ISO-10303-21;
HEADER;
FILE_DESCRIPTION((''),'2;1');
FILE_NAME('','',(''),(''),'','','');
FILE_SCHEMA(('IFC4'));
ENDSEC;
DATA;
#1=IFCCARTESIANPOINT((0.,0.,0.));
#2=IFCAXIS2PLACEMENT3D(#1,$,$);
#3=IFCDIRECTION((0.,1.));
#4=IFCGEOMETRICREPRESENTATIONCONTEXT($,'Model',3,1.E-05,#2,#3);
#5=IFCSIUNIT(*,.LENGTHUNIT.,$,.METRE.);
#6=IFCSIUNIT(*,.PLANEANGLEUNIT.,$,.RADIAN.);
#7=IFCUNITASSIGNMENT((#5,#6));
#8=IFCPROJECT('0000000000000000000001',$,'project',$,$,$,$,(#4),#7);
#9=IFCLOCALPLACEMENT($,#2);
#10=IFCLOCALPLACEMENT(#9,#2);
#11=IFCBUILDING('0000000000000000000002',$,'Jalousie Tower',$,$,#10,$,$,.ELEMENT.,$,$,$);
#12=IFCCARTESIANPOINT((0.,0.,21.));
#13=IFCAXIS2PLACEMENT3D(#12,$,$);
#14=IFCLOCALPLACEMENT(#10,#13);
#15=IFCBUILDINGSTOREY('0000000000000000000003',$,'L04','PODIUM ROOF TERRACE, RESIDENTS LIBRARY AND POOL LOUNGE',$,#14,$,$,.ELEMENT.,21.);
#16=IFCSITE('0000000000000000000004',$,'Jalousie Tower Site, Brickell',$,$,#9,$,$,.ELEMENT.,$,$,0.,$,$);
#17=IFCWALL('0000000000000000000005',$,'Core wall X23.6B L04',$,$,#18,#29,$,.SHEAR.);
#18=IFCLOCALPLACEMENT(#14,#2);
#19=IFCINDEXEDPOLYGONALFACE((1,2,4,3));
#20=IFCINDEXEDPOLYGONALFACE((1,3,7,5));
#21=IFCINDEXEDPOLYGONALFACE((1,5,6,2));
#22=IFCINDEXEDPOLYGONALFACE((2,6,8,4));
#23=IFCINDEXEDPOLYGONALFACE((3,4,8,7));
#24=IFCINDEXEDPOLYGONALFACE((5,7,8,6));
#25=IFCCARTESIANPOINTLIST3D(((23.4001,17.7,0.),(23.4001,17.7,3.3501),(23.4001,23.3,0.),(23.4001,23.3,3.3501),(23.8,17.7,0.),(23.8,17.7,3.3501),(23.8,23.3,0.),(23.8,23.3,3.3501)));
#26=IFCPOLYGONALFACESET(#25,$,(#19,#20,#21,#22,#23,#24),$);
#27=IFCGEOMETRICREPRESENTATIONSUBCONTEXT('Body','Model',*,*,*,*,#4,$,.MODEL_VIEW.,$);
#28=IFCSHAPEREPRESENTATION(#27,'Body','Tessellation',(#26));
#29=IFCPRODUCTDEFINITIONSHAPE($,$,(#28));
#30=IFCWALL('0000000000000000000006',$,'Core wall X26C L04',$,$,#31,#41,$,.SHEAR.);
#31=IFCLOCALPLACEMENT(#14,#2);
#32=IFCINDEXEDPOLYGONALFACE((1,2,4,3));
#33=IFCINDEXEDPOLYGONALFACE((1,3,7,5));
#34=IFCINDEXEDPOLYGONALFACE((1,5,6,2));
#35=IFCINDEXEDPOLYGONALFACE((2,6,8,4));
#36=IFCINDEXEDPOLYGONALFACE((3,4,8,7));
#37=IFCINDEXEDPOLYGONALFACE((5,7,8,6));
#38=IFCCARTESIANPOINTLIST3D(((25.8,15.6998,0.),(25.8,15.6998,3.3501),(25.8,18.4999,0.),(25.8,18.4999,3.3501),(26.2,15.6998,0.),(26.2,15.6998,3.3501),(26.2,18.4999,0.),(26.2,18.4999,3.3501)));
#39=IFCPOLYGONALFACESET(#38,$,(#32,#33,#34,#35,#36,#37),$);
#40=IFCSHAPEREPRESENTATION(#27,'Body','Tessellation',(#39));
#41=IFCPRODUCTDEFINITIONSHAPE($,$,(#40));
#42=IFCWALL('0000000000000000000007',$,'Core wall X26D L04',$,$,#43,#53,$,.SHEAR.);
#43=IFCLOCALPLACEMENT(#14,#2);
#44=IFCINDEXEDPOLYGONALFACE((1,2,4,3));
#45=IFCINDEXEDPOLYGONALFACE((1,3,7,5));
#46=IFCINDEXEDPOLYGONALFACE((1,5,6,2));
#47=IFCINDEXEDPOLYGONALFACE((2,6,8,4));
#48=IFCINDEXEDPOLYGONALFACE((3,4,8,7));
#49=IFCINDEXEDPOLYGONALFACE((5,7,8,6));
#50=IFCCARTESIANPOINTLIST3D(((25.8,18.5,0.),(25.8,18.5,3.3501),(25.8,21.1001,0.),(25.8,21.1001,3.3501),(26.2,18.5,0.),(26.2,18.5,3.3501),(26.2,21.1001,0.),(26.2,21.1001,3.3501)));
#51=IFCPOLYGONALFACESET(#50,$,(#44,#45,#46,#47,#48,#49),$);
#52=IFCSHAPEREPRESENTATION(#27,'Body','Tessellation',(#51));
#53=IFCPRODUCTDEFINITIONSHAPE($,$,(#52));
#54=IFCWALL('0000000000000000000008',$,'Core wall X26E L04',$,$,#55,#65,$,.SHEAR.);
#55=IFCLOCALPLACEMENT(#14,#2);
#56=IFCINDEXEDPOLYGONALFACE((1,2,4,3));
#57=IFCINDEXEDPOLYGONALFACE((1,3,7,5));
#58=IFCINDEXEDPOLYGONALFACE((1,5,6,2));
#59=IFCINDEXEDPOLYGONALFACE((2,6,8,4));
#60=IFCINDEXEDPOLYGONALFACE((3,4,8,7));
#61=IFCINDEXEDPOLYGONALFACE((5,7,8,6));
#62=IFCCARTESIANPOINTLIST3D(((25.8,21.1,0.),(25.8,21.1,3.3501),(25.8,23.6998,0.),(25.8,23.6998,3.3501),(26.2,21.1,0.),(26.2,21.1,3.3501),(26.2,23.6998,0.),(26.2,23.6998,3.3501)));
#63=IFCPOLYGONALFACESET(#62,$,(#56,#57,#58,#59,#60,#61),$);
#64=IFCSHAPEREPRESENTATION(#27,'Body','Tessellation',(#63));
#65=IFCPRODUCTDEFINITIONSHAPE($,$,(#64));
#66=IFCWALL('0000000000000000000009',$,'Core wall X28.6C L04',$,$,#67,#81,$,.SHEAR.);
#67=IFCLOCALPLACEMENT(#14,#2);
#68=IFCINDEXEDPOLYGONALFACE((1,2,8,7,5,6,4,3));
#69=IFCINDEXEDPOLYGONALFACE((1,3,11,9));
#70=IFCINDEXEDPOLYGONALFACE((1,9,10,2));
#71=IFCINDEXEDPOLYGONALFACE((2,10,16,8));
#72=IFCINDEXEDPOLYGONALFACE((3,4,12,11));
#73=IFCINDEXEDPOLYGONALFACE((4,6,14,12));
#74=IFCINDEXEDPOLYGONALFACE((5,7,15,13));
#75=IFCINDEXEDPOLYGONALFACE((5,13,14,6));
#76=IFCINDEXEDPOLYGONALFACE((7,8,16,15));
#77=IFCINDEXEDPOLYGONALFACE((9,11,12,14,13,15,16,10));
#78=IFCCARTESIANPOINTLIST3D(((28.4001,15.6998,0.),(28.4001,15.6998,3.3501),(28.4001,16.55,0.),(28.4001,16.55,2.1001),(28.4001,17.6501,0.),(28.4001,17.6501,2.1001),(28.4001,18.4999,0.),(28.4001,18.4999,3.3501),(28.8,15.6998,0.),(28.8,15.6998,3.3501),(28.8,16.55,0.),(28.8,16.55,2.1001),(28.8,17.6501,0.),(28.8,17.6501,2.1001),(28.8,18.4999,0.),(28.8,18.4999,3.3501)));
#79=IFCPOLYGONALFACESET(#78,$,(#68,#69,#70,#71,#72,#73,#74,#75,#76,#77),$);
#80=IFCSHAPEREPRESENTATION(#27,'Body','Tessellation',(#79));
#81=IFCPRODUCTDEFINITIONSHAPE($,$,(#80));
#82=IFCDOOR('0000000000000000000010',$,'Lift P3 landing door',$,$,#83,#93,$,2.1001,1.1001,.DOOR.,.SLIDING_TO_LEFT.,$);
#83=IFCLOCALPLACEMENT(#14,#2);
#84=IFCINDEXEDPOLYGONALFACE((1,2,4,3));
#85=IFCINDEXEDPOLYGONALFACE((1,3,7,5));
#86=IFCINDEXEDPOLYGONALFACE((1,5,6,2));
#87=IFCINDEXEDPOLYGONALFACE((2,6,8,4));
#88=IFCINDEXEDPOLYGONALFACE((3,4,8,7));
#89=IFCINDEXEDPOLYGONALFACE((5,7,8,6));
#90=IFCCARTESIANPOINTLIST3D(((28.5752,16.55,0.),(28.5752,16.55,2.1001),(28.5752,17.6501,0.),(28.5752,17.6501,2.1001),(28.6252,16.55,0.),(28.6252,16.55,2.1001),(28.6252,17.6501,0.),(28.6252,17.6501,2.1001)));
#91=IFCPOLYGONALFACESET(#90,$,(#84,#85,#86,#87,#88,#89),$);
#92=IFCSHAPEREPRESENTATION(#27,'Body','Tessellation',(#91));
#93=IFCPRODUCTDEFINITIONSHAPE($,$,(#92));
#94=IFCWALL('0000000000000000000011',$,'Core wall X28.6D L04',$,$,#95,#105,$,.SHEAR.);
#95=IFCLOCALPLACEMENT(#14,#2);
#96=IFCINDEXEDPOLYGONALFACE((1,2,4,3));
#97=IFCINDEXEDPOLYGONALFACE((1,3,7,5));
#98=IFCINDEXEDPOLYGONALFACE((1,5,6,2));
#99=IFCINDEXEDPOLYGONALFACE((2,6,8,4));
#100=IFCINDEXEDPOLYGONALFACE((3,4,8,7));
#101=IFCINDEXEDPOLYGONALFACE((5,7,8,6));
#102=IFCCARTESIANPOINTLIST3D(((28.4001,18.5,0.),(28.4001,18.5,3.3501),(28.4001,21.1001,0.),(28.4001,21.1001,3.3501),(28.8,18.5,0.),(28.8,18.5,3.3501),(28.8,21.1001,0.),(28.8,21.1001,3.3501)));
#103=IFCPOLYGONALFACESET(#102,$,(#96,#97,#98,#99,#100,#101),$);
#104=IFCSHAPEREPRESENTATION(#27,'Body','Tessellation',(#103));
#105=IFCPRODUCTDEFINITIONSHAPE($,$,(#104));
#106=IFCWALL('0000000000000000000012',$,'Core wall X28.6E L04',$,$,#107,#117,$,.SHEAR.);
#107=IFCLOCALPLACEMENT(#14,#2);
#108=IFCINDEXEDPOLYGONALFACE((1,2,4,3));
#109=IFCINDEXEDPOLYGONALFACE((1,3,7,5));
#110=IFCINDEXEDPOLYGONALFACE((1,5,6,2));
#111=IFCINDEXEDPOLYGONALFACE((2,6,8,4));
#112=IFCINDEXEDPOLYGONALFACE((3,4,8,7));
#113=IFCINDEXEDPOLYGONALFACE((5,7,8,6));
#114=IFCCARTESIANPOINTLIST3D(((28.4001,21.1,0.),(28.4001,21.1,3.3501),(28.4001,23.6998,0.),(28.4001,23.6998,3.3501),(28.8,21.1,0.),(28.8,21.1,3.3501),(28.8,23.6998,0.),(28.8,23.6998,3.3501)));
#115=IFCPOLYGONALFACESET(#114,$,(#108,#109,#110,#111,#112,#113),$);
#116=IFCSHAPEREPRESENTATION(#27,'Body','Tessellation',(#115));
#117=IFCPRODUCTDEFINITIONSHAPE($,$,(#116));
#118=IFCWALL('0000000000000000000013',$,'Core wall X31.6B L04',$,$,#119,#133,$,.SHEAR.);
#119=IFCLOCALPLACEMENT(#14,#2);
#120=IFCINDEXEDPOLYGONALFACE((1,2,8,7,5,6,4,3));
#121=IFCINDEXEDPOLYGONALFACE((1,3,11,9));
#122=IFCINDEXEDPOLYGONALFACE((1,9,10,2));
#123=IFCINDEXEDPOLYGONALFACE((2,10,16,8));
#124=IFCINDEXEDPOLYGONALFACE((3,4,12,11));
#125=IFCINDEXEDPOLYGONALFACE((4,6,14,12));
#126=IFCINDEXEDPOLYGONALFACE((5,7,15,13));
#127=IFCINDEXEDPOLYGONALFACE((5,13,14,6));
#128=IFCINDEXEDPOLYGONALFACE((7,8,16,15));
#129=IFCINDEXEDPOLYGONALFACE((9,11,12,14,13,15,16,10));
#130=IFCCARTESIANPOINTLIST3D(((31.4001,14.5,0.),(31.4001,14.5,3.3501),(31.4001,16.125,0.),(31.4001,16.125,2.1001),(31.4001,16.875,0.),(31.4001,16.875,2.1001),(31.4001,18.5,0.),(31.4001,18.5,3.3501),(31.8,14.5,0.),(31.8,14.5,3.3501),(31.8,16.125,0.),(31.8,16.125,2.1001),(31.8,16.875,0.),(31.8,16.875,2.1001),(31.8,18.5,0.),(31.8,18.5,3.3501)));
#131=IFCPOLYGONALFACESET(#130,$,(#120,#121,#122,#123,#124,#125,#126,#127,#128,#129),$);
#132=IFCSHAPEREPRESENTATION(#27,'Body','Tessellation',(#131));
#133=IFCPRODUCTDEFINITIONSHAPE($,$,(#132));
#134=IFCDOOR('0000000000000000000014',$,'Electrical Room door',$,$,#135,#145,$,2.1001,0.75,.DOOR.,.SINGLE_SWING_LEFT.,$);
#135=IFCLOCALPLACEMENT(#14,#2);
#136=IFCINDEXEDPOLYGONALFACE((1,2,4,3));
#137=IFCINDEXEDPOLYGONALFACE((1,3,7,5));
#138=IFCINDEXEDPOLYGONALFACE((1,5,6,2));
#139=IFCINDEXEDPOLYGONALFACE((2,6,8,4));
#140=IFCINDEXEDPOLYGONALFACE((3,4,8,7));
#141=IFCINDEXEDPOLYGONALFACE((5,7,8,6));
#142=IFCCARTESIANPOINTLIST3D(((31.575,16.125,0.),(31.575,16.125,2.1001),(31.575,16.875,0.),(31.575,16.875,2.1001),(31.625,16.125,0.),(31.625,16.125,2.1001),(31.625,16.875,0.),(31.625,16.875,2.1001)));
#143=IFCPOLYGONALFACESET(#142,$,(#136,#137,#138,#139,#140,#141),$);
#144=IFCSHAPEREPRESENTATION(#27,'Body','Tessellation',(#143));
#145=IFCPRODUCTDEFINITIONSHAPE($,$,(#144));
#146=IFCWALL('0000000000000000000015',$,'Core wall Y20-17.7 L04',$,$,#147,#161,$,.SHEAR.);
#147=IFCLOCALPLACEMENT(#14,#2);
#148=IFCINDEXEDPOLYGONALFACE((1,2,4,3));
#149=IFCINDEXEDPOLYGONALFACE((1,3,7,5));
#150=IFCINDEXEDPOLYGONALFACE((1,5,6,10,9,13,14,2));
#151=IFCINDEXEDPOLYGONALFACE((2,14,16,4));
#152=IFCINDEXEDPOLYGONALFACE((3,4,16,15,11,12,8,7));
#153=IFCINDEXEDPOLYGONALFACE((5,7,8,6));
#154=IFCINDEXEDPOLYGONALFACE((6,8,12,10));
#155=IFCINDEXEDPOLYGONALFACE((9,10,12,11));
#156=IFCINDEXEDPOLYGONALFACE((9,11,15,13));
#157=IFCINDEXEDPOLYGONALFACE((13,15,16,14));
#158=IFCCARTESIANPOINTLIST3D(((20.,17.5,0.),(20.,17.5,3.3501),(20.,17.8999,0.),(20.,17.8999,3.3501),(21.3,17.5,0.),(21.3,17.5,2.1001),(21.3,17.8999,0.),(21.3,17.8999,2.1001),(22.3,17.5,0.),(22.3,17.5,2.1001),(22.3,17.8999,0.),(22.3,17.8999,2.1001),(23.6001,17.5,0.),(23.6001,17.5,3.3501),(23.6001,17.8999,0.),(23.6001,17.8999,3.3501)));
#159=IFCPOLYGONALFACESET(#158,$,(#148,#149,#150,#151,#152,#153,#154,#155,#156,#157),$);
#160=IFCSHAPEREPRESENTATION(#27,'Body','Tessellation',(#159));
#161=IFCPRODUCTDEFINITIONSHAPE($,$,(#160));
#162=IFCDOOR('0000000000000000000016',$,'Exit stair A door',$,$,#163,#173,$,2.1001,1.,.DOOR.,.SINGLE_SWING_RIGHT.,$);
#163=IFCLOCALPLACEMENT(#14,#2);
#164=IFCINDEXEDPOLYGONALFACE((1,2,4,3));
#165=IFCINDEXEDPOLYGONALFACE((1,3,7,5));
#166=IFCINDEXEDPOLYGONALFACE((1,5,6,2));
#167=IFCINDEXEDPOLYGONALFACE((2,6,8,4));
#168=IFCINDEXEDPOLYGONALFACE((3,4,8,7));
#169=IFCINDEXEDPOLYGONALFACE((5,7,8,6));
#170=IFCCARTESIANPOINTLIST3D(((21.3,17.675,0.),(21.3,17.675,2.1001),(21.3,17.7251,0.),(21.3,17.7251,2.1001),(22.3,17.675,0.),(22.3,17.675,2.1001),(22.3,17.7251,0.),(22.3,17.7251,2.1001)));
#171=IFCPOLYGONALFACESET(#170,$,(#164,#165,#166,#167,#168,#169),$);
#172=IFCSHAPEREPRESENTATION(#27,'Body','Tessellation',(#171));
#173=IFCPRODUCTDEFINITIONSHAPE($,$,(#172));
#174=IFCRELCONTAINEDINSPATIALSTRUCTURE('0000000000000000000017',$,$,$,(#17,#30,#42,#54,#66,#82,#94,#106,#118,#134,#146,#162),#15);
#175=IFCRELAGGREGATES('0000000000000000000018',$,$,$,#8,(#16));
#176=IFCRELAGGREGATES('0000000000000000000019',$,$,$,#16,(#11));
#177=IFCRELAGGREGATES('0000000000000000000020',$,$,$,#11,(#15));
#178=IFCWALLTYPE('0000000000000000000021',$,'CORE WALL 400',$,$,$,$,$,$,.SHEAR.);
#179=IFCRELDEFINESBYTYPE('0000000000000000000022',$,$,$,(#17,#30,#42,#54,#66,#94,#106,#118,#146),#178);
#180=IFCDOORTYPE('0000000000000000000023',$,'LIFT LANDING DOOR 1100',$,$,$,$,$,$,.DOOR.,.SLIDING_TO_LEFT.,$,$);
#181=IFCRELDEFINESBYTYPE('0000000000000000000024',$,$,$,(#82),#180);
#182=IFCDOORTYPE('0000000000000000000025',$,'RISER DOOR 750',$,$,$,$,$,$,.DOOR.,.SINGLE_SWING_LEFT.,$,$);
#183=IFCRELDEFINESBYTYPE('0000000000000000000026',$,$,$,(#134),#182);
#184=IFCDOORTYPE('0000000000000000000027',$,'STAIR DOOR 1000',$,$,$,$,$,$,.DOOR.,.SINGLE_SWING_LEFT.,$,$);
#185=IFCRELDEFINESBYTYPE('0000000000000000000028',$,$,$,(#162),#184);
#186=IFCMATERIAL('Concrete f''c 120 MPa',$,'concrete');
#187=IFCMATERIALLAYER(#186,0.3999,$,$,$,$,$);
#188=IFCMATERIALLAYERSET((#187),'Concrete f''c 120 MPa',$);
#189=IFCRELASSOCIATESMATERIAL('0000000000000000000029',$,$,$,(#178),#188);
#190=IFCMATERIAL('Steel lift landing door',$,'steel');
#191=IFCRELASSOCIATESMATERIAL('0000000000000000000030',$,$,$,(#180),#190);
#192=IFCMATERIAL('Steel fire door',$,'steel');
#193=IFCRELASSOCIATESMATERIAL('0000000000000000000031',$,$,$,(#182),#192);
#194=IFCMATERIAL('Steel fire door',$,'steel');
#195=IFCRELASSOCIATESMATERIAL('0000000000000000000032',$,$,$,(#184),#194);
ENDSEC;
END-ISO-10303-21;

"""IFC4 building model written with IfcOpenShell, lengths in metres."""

from ifc_helpers import new_model, si_unit, direction, frame, frame_2d, origin, place, context, subcontext, project, spatial, rectangle, extrude, material, layer, layer_set, type_object, element, fill, save


model = new_model("IFC4")

# Units and contexts
model_context = context("Model", 3, precision=1e-05, world=origin(), true_north=direction((0.0, 1.0)))
body_context = subcontext(model_context, "Body", "Model", "MODEL_VIEW")
ifc_project = project(units=[si_unit("LENGTHUNIT", "METRE"), si_unit("PLANEANGLEUNIT", "RADIAN")], contexts=[model_context])

# Site, building, storey
site_placement = place(None, origin())
site = spatial("IfcSite", under=ifc_project, at=site_placement, Name="Jalousie Tower Site, Brickell", CompositionType="ELEMENT", RefElevation=0.0)
building_placement = place(site_placement, origin())
building = spatial("IfcBuilding", under=site, at=building_placement, Name="Jalousie Tower", CompositionType="ELEMENT")
storey_placement = place(building_placement, frame((0.0, 0.0, 21.0)))
storey = spatial("IfcBuildingStorey", under=building, at=storey_placement, Name="L04", Description="PODIUM ROOF TERRACE, RESIDENTS LIBRARY AND POOL LOUNGE", CompositionType="ELEMENT", Elevation=21.0)

# Walls
ifc_material_1 = material(Name="Concrete f'c 120 MPa", Category="concrete")
ifc_layer_1 = layer(ifc_material_1, 0.3999)
ifc_layer_set_1 = layer_set([ifc_layer_1], Name="Concrete f'c 120 MPa")
wall_type_1 = type_object("IfcWallType", Name="CORE WALL 400", PredefinedType="SHEAR", material=ifc_layer_set_1)
wall_1_placement = place(storey_placement, frame((23.6001, 17.7, 0.0), z_axis=(0.0, 0.0, 1.0), x_axis=(0.0, 1.0, 0.0)))
element("IfcWall", 1, at=wall_1_placement, inside=storey, type_object=wall_type_1, Name="Core wall X23.6B L04", PredefinedType="SHEAR", context=body_context, shape_type="SweptSolid", body=[
    extrude(rectangle(XDim=5.6001, YDim=0.3999, at=frame_2d((2.8, 0.0))), origin(), (0.0, 0.0, 1.0), 3.3501),
])
wall_2_placement = place(storey_placement, frame((26.0, 15.7, 0.0), z_axis=(0.0, 0.0, 1.0), x_axis=(0.0, 1.0, 0.0)))
element("IfcWall", 2, at=wall_2_placement, inside=storey, type_object=wall_type_1, Name="Core wall X26C L04", PredefinedType="SHEAR", context=body_context, shape_type="SweptSolid", body=[
    extrude(rectangle(XDim=2.8, YDim=0.3999, at=frame_2d((1.3999, 0.0))), origin(), (0.0, 0.0, 1.0), 3.3501),
])
wall_3_placement = place(storey_placement, frame((26.0, 18.5, 0.0), z_axis=(0.0, 0.0, 1.0), x_axis=(0.0, 1.0, 0.0)))
element("IfcWall", 3, at=wall_3_placement, inside=storey, type_object=wall_type_1, Name="Core wall X26D L04", PredefinedType="SHEAR", context=body_context, shape_type="SweptSolid", body=[
    extrude(rectangle(XDim=2.6001, YDim=0.3999, at=frame_2d((1.3, 0.0))), origin(), (0.0, 0.0, 1.0), 3.3501),
])
wall_4_placement = place(storey_placement, frame((26.0, 21.1001, 0.0), z_axis=(0.0, 0.0, 1.0), x_axis=(0.0, 1.0, 0.0)))
element("IfcWall", 4, at=wall_4_placement, inside=storey, type_object=wall_type_1, Name="Core wall X26E L04", PredefinedType="SHEAR", context=body_context, shape_type="SweptSolid", body=[
    extrude(rectangle(XDim=2.5999, YDim=0.3999, at=frame_2d((1.2998, 0.0))), origin(), (0.0, 0.0, 1.0), 3.3501),
])

# Wall, opening, door
wall_5_placement = place(storey_placement, frame((28.6001, 15.7, 0.0), z_axis=(0.0, 0.0, 1.0), x_axis=(0.0, 1.0, 0.0)))
wall_5 = element("IfcWall", 5, at=wall_5_placement, inside=storey, type_object=wall_type_1, Name="Core wall X28.6C L04", PredefinedType="SHEAR", context=body_context, shape_type="SweptSolid", body=[
    extrude(rectangle(XDim=2.8, YDim=0.3999, at=frame_2d((1.3999, 0.0))), origin(), (0.0, 0.0, 1.0), 3.3501),
])
opening_1_placement = place(wall_5_placement, frame((0.8501, 0.0, 0.0)))
opening_1 = element("IfcOpeningElement", 6, at=opening_1_placement, cuts=wall_5, PredefinedType="OPENING", context=body_context, shape_type="SweptSolid", body=[
    extrude(rectangle(XDim=1.1001, YDim=2.1001, at=frame_2d((0.55, 1.05))), frame((0.0, 0.21, 0.0), z_axis=(0.0, -1.0, 0.0), x_axis=(1.0, 0.0, 0.0)), (0.0, 0.0, 1.0), 0.4199),
])
ifc_material_2 = material(Name="Steel lift landing door", Category="steel")
door_type_1 = type_object("IfcDoorType", Name="LIFT LANDING DOOR 1100", OperationType="SLIDING_TO_LEFT", PredefinedType="DOOR", material=ifc_material_2)
door_1_placement = place(opening_1_placement, origin())
door_1 = element("IfcDoor", 7, at=door_1_placement, inside=storey, type_object=door_type_1, Name="Lift P3 landing door", OperationType="SLIDING_TO_LEFT", OverallHeight=2.1001, OverallWidth=1.1001, PredefinedType="DOOR", context=body_context, shape_type="SweptSolid", body=[
    extrude(rectangle(XDim=1.1001, YDim=2.1001, at=frame_2d((0.55, 1.05))), frame((0.0, 0.0249, 0.0), z_axis=(0.0, -1.0, 0.0), x_axis=(1.0, 0.0, 0.0)), (0.0, 0.0, 1.0), 0.05),
])
fill(opening_1, door_1)

# Walls
wall_6_placement = place(storey_placement, frame((28.6001, 18.5, 0.0), z_axis=(0.0, 0.0, 1.0), x_axis=(0.0, 1.0, 0.0)))
element("IfcWall", 8, at=wall_6_placement, inside=storey, type_object=wall_type_1, Name="Core wall X28.6D L04", PredefinedType="SHEAR", context=body_context, shape_type="SweptSolid", body=[
    extrude(rectangle(XDim=2.6001, YDim=0.3999, at=frame_2d((1.3, 0.0))), origin(), (0.0, 0.0, 1.0), 3.3501),
])
wall_7_placement = place(storey_placement, frame((28.6001, 21.1001, 0.0), z_axis=(0.0, 0.0, 1.0), x_axis=(0.0, 1.0, 0.0)))
element("IfcWall", 9, at=wall_7_placement, inside=storey, type_object=wall_type_1, Name="Core wall X28.6E L04", PredefinedType="SHEAR", context=body_context, shape_type="SweptSolid", body=[
    extrude(rectangle(XDim=2.5999, YDim=0.3999, at=frame_2d((1.2998, 0.0))), origin(), (0.0, 0.0, 1.0), 3.3501),
])

# Walls, openings, doors
wall_8_placement = place(storey_placement, frame((31.6001, 14.5, 0.0), z_axis=(0.0, 0.0, 1.0), x_axis=(0.0, 1.0, 0.0)))
wall_8 = element("IfcWall", 10, at=wall_8_placement, inside=storey, type_object=wall_type_1, Name="Core wall X31.6B L04", PredefinedType="SHEAR", context=body_context, shape_type="SweptSolid", body=[
    extrude(rectangle(XDim=4.0, YDim=0.3999, at=frame_2d((2.0, 0.0))), origin(), (0.0, 0.0, 1.0), 3.3501),
])
opening_2_placement = place(wall_8_placement, frame((1.625, 0.0, 0.0)))
opening_2 = element("IfcOpeningElement", 11, at=opening_2_placement, cuts=wall_8, PredefinedType="OPENING", context=body_context, shape_type="SweptSolid", body=[
    extrude(rectangle(XDim=0.75, YDim=2.1001, at=frame_2d((0.375, 1.05))), frame((0.0, 0.21, 0.0), z_axis=(0.0, -1.0, 0.0), x_axis=(1.0, 0.0, 0.0)), (0.0, 0.0, 1.0), 0.4199),
])
ifc_material_3 = material(Name="Steel fire door", Category="steel")
door_type_2 = type_object("IfcDoorType", Name="RISER DOOR 750", OperationType="SINGLE_SWING_LEFT", PredefinedType="DOOR", material=ifc_material_3)
door_2_placement = place(opening_2_placement, frame((0.75, 0.0, 0.0), z_axis=(0.0, 0.0, 1.0), x_axis=(-1.0, 0.0, 0.0)))
door_2 = element("IfcDoor", 12, at=door_2_placement, inside=storey, type_object=door_type_2, Name="Electrical Room door", OperationType="SINGLE_SWING_LEFT", OverallHeight=2.1001, OverallWidth=0.75, PredefinedType="DOOR", context=body_context, shape_type="SweptSolid", body=[
    extrude(rectangle(XDim=0.75, YDim=2.1001, at=frame_2d((0.375, 1.05))), frame((0.0, 0.0249, 0.0), z_axis=(0.0, -1.0, 0.0), x_axis=(1.0, 0.0, 0.0)), (0.0, 0.0, 1.0), 0.05),
])
fill(opening_2, door_2)
wall_9_placement = place(storey_placement, frame((20.0, 17.7, 0.0), z_axis=(0.0, 0.0, 1.0), x_axis=(1.0, 0.0, 0.0)))
wall_9 = element("IfcWall", 13, at=wall_9_placement, inside=storey, type_object=wall_type_1, Name="Core wall Y20-17.7 L04", PredefinedType="SHEAR", context=body_context, shape_type="SweptSolid", body=[
    extrude(rectangle(XDim=3.6001, YDim=0.3999, at=frame_2d((1.8, 0.0))), origin(), (0.0, 0.0, 1.0), 3.3501),
])
opening_3_placement = place(wall_9_placement, frame((1.3, 0.0, 0.0)))
opening_3 = element("IfcOpeningElement", 14, at=opening_3_placement, cuts=wall_9, PredefinedType="OPENING", context=body_context, shape_type="SweptSolid", body=[
    extrude(rectangle(XDim=1.0, YDim=2.1001, at=frame_2d((0.5, 1.05))), frame((0.0, 0.21, 0.0), z_axis=(0.0, -1.0, 0.0), x_axis=(1.0, 0.0, 0.0)), (0.0, 0.0, 1.0), 0.4199),
])
ifc_material_4 = material(Name="Steel fire door", Category="steel")
door_type_3 = type_object("IfcDoorType", Name="STAIR DOOR 1000", OperationType="SINGLE_SWING_LEFT", PredefinedType="DOOR", material=ifc_material_4)
door_3_placement = place(opening_3_placement, frame((1.0, 0.0, 0.0), z_axis=(0.0, 0.0, 1.0), x_axis=(-1.0, 0.0, 0.0)))
door_3 = element("IfcDoor", 15, at=door_3_placement, inside=storey, type_object=door_type_3, Name="Exit stair A door", OperationType="SINGLE_SWING_RIGHT", OverallHeight=2.1001, OverallWidth=1.0, PredefinedType="DOOR", context=body_context, shape_type="SweptSolid", body=[
    extrude(rectangle(XDim=1.0, YDim=2.1001, at=frame_2d((0.5, 1.05))), frame((0.0, 0.0249, 0.0), z_axis=(0.0, -1.0, 0.0), x_axis=(1.0, 0.0, 0.0)), (0.0, 0.0, 1.0), 0.05),
])
fill(opening_3, door_3)

save(model, "model.ifc")
